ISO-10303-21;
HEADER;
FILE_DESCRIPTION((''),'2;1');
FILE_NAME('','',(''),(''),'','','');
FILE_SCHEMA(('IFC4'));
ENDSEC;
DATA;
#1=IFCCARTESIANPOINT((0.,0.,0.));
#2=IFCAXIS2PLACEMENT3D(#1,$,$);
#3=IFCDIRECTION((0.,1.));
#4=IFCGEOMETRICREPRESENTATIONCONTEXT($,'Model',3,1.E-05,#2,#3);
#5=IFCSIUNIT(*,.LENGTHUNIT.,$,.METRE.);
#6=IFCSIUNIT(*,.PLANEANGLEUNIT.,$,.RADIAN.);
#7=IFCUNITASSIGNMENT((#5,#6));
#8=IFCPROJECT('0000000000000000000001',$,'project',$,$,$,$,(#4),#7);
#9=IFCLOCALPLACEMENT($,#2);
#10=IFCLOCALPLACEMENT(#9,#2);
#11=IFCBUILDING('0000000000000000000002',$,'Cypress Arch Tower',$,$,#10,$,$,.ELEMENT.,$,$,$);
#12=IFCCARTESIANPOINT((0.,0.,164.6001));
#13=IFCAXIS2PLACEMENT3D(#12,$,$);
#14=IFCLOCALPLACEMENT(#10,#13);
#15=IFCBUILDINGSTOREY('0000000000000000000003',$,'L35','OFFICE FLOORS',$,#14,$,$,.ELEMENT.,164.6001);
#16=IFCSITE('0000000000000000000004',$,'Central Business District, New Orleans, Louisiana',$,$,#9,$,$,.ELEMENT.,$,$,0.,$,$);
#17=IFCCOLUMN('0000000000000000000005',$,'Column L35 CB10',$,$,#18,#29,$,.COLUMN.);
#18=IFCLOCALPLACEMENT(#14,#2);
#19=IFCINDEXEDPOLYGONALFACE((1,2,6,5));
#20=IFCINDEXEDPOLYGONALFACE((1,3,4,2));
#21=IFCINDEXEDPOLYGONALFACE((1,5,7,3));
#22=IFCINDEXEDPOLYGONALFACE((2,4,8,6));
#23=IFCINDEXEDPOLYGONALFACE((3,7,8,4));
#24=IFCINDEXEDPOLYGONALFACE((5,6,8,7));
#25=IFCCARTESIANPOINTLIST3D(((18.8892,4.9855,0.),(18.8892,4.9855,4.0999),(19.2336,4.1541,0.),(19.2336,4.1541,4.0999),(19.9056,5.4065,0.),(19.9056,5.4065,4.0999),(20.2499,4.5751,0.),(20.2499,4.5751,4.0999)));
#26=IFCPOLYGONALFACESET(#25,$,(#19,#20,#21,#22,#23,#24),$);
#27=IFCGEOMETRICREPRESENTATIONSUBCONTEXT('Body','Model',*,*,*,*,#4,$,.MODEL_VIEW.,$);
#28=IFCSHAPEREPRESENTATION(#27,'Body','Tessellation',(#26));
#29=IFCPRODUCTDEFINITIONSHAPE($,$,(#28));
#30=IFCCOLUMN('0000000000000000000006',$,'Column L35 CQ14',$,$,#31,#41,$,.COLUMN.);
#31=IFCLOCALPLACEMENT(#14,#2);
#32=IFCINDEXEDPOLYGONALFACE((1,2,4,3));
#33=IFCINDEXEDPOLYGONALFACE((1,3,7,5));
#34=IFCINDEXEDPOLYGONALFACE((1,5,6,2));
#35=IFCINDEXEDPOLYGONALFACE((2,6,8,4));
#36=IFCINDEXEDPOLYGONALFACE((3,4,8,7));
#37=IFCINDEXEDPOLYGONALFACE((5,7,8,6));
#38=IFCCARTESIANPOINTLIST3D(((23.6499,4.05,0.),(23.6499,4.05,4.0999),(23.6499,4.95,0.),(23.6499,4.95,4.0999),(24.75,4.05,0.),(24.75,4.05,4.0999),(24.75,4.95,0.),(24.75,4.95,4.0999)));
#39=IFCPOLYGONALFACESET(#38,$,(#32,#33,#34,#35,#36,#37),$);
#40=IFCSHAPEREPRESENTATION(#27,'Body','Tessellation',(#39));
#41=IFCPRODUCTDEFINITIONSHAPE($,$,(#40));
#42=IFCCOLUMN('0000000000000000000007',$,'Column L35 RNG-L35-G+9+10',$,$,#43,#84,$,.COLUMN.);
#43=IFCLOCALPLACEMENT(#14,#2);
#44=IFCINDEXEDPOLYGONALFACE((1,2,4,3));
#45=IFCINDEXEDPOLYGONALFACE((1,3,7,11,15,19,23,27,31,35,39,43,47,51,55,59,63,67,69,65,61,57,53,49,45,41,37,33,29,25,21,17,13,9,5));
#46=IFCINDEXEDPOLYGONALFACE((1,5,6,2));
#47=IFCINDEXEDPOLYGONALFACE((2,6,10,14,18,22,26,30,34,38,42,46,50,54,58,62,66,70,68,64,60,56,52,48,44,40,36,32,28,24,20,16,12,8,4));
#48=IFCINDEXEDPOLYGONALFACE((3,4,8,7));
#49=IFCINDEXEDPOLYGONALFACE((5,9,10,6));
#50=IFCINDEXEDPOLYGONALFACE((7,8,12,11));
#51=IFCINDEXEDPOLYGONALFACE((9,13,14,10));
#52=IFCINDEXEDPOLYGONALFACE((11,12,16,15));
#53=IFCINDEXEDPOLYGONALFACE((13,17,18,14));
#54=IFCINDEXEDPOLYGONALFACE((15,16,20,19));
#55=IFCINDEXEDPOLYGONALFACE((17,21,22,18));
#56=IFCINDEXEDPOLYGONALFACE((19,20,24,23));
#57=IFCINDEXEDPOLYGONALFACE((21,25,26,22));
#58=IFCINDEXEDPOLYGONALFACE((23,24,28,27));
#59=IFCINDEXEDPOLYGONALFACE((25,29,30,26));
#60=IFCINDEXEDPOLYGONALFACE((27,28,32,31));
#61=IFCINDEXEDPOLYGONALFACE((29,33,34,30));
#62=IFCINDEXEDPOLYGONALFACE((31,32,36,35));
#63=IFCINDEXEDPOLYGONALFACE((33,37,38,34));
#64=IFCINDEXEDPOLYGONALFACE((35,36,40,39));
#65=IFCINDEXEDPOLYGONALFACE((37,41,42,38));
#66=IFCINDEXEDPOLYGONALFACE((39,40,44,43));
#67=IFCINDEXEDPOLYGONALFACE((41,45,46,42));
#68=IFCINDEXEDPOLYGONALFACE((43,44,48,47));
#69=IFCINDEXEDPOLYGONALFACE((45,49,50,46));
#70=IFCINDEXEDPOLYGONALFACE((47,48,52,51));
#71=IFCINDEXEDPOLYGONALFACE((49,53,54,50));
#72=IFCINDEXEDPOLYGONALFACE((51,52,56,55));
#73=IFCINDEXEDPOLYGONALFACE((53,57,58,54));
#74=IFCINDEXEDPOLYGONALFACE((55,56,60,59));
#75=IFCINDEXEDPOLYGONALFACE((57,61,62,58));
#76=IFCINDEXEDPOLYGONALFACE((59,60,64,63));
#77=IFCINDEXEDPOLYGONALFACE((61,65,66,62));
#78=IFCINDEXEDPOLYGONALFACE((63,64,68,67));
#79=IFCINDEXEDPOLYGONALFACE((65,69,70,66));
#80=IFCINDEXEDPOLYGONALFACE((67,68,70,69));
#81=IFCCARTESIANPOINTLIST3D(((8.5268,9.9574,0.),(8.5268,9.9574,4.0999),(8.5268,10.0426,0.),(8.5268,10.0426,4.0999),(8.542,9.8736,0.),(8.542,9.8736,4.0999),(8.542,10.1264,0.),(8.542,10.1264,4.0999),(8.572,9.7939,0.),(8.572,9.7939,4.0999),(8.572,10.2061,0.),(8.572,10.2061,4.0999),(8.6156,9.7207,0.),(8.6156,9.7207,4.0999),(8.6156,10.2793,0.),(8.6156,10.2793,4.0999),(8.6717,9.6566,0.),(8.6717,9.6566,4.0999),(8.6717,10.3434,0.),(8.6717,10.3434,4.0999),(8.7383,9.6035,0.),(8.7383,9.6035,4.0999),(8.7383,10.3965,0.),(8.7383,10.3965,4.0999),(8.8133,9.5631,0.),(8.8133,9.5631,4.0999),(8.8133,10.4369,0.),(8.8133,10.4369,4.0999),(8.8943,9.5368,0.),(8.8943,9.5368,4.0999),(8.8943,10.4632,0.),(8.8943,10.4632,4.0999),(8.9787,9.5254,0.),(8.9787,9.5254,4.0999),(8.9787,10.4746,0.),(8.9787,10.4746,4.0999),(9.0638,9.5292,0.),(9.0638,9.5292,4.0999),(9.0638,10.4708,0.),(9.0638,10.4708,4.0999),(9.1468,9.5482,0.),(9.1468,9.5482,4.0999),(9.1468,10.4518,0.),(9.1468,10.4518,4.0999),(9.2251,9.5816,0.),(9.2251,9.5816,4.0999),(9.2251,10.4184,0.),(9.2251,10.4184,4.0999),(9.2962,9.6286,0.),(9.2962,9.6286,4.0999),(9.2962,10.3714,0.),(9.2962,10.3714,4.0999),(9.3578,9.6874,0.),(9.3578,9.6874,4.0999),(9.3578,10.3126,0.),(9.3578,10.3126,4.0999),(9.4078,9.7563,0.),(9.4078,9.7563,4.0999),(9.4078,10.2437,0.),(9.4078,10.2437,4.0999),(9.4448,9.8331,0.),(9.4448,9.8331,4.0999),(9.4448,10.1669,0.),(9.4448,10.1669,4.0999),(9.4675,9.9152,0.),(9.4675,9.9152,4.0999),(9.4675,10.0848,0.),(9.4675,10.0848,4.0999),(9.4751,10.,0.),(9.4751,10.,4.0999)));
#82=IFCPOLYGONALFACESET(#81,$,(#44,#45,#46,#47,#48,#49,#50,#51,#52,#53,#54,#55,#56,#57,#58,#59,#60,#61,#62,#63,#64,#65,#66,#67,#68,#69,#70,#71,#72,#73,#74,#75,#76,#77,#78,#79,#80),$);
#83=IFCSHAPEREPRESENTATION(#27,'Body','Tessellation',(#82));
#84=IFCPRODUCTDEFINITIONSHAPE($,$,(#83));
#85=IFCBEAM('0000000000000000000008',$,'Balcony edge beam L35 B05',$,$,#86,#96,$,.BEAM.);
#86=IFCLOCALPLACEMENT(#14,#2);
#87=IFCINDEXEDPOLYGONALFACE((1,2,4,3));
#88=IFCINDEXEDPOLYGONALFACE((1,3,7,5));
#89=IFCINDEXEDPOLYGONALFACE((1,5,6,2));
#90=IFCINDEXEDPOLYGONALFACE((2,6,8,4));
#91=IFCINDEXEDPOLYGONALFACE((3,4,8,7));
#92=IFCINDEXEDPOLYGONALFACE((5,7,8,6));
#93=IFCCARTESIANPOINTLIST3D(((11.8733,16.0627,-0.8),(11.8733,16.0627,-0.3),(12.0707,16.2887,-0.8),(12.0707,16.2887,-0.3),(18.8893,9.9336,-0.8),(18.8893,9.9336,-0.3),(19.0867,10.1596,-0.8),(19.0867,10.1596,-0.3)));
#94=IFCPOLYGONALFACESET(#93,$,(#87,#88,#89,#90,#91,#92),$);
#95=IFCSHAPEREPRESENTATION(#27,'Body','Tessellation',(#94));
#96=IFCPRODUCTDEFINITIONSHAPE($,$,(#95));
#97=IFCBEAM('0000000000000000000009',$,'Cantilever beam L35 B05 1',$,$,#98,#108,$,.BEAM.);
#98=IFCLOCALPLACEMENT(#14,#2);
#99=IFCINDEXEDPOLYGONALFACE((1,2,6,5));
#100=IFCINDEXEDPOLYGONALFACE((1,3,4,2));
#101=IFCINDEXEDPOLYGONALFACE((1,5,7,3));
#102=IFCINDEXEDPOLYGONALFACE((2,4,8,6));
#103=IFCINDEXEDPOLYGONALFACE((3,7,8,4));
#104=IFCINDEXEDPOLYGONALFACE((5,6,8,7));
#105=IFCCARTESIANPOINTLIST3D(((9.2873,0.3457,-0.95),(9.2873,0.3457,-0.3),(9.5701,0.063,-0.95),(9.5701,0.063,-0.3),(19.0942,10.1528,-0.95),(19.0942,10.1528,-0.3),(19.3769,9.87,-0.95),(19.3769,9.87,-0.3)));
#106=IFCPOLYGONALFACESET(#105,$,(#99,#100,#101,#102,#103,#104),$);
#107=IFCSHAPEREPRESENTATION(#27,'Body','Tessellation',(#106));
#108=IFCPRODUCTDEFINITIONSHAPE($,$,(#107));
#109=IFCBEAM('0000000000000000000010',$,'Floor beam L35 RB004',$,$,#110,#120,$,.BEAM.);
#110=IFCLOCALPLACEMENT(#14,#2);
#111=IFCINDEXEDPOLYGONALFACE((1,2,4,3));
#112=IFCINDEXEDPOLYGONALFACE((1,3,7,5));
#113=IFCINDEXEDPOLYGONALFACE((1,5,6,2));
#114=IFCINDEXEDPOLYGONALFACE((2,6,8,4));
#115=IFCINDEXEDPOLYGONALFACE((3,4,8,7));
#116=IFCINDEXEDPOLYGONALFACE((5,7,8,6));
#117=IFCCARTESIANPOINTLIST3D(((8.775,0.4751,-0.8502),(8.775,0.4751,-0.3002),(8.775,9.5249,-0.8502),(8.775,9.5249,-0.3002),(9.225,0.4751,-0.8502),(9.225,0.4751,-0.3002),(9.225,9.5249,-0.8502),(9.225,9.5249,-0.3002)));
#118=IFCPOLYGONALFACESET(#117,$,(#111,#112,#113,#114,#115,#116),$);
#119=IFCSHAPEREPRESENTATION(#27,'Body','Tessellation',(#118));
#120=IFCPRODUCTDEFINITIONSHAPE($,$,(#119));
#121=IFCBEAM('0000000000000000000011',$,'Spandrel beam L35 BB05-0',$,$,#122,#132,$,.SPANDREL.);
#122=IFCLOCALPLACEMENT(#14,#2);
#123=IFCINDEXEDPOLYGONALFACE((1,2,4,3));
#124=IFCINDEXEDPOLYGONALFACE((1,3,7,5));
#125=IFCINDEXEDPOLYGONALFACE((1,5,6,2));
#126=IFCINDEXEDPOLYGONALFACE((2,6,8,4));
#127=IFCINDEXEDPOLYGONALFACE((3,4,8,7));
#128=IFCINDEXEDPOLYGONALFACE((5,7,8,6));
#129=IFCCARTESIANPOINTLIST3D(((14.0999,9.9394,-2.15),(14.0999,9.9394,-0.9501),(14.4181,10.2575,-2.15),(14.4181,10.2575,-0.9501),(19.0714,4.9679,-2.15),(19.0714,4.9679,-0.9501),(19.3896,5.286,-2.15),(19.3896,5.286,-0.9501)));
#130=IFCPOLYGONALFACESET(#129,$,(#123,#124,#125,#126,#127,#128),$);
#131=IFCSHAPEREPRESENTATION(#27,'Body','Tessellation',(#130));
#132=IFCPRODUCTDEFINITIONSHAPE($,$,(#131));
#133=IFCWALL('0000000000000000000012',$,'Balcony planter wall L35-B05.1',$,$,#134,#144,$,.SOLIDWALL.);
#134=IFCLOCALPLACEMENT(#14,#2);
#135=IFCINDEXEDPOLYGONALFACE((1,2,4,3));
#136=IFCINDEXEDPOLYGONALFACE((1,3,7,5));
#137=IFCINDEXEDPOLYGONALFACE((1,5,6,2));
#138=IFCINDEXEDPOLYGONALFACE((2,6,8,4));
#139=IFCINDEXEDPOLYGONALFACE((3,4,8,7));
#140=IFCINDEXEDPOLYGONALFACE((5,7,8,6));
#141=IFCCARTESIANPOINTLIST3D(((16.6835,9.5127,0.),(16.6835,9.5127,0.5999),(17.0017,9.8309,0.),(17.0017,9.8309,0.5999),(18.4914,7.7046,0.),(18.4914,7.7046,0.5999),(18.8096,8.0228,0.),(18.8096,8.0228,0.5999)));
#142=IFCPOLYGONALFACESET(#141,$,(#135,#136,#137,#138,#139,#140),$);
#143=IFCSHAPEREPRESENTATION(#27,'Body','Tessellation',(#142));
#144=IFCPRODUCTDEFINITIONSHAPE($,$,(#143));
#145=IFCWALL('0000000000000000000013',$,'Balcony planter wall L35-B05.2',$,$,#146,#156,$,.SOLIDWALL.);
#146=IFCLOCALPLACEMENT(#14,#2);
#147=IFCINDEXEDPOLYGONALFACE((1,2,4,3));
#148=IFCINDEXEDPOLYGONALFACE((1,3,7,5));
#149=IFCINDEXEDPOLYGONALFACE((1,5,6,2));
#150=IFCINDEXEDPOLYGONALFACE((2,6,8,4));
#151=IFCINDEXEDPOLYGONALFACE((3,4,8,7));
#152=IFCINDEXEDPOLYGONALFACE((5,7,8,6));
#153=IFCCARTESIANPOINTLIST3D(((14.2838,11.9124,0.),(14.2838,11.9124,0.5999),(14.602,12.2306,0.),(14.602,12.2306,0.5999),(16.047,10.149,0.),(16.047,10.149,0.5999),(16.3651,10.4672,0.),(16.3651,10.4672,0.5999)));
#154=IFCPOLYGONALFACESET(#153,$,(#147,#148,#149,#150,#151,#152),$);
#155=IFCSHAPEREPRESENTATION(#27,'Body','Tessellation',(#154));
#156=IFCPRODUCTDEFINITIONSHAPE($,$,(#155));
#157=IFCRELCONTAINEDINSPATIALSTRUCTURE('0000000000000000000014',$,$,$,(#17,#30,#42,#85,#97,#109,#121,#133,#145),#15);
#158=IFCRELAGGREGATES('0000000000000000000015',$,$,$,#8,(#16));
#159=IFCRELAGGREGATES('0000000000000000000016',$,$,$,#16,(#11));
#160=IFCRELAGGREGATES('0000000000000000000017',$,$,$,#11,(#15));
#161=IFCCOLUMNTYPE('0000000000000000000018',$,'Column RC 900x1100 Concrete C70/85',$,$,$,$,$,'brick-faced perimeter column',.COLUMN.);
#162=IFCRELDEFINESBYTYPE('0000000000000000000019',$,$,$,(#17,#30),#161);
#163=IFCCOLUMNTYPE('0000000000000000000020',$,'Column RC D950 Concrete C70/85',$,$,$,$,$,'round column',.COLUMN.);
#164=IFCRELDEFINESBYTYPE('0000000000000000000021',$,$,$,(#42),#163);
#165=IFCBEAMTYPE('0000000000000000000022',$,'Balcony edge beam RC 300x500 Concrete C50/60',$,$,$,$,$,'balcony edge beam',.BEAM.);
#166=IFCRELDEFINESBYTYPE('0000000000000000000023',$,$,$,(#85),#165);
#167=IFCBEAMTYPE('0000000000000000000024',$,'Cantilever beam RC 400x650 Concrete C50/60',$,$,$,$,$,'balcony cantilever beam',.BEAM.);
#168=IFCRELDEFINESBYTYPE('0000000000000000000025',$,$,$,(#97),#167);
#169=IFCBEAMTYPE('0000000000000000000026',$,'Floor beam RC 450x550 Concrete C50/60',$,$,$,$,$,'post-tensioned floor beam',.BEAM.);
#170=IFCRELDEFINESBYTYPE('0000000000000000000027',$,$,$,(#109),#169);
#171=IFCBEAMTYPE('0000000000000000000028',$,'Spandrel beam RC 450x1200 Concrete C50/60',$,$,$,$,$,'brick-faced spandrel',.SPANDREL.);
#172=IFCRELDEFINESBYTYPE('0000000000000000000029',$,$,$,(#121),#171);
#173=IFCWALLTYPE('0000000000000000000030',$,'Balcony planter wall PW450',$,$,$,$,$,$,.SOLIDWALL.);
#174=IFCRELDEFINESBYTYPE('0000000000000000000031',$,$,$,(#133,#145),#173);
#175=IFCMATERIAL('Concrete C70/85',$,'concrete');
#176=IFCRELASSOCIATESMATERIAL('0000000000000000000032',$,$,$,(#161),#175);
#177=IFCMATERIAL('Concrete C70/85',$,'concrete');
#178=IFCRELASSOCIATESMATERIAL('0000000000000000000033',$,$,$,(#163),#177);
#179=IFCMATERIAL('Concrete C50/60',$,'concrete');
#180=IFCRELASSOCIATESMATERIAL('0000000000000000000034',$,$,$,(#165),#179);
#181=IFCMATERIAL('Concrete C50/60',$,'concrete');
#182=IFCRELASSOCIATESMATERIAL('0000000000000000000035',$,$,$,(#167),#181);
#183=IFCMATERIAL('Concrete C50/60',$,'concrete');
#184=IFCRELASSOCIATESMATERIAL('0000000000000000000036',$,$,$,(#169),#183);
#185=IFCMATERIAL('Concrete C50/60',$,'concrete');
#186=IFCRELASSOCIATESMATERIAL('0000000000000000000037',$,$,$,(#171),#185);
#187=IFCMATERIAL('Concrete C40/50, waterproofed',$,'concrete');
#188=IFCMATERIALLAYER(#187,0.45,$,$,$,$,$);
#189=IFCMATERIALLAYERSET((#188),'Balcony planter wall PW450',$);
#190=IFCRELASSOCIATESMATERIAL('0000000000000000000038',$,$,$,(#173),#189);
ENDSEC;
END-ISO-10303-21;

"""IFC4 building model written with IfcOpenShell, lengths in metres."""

from ifc_helpers import new_model, si_unit, direction, frame, frame_2d, origin, origin_2d, place, context, subcontext, project, spatial, rectangle, circle, extrude, material, layer, layer_set, material_profile, profile_set, type_object, element, save


model = new_model("IFC4")

# Units and contexts
model_context = context("Model", 3, precision=1e-05, world=origin(), true_north=direction((0.0, 1.0)))
body_context = subcontext(model_context, "Body", "Model", "MODEL_VIEW")
ifc_project = project(units=[si_unit("LENGTHUNIT", "METRE"), si_unit("PLANEANGLEUNIT", "RADIAN")], contexts=[model_context])

# Site, building, storey
site_placement = place(None, origin())
site = spatial("IfcSite", under=ifc_project, at=site_placement, Name="Central Business District, New Orleans, Louisiana", CompositionType="ELEMENT", RefElevation=0.0)
building_placement = place(site_placement, origin())
building = spatial("IfcBuilding", under=site, at=building_placement, Name="Cypress Arch Tower", CompositionType="ELEMENT")
storey_placement = place(building_placement, frame((0.0, 0.0, 164.6001)))
storey = spatial("IfcBuildingStorey", under=building, at=storey_placement, Name="L35", Description="OFFICE FLOORS", CompositionType="ELEMENT", Elevation=164.6001)

# Columns
ifc_material_1 = material(Name="Concrete C70/85", Category="concrete")
ifc_material_profile_1 = material_profile(ifc_material_1, rectangle(XDim=0.8999, YDim=1.1001, at=origin_2d()), Name="RC 900x1100")
ifc_profile_set_1 = profile_set([ifc_material_profile_1], Name="Concrete C70/85")
column_type_1 = type_object("IfcColumnType", Name="Column RC 900x1100 Concrete C70/85", ElementType="brick-faced perimeter column", PredefinedType="COLUMN", material=ifc_profile_set_1)
for number, where, z_axis, x_axis, name in (
    (1, (19.5696, 4.7803, 0.0), (0.0, 0.0, 1.0), (-0.382683, 0.92388, 0.0), "Column L35 CB10"),
    (2, (24.2, 4.5, 0.0), (0.0, 0.0, 1.0), (0.0, 1.0, 0.0), "Column L35 CQ14"),
):
    element("IfcColumn", number, at=place(storey_placement, frame(where, z_axis=z_axis, x_axis=x_axis)), inside=storey, type_object=column_type_1, Name=name, PredefinedType="COLUMN", context=body_context, shape_type="SweptSolid", body=[
        extrude(rectangle(XDim=0.8999, YDim=1.1001, at=origin_2d()), origin(), (0.0, 0.0, 1.0), 4.0999),
    ])
ifc_material_2 = material(Name="Concrete C70/85", Category="concrete")
ifc_material_profile_2 = material_profile(ifc_material_2, circle(Radius=0.4751, at=origin_2d()), Name="RC D950")
ifc_profile_set_2 = profile_set([ifc_material_profile_2], Name="Concrete C70/85")
column_type_2 = type_object("IfcColumnType", Name="Column RC D950 Concrete C70/85", ElementType="round column", PredefinedType="COLUMN", material=ifc_profile_set_2)
column_placement = place(storey_placement, frame((9.0, 10.0, 0.0), z_axis=(0.0, 0.0, 1.0), x_axis=(1.0, 0.0, 0.0)))
element("IfcColumn", 3, at=column_placement, inside=storey, type_object=column_type_2, Name="Column L35 RNG-L35-G+9+10", PredefinedType="COLUMN", context=body_context, shape_type="SweptSolid", body=[
    extrude(circle(Radius=0.4751, at=origin_2d()), origin(), (0.0, 0.0, 1.0), 4.0999),
])

# Beams
ifc_material_3 = material(Name="Concrete C50/60", Category="concrete")
ifc_material_profile_3 = material_profile(ifc_material_3, rectangle(XDim=0.3, YDim=0.5, at=origin_2d()), Name="RC 300x500")
ifc_profile_set_3 = profile_set([ifc_material_profile_3], Name="Concrete C50/60")
beam_type_1 = type_object("IfcBeamType", Name="Balcony edge beam RC 300x500 Concrete C50/60", ElementType="balcony edge beam", PredefinedType="BEAM", material=ifc_profile_set_3)
beam_1_placement = place(storey_placement, frame((18.988, 10.0466, -0.55), z_axis=(-0.753106, 0.6579, 0.0), x_axis=(-0.6579, -0.753106, 0.0)))
element("IfcBeam", 4, at=beam_1_placement, inside=storey, type_object=beam_type_1, Name="Balcony edge beam L35 B05", PredefinedType="BEAM", context=body_context, shape_type="SweptSolid", body=[
    extrude(rectangle(XDim=0.3, YDim=0.5, at=origin_2d()), origin(), (0.0, 0.0, 1.0), 9.3162),
])
ifc_material_4 = material(Name="Concrete C50/60", Category="concrete")
ifc_material_profile_4 = material_profile(ifc_material_4, rectangle(XDim=0.3999, YDim=0.6499, at=origin_2d()), Name="RC 400x650")
ifc_profile_set_4 = profile_set([ifc_material_profile_4], Name="Concrete C50/60")
beam_type_2 = type_object("IfcBeamType", Name="Cantilever beam RC 400x650 Concrete C50/60", ElementType="balcony cantilever beam", PredefinedType="BEAM", material=ifc_profile_set_4)
beam_2_placement = place(storey_placement, frame((9.4287, 0.2043, -0.625), z_axis=(0.707098, 0.707116, 0.0), x_axis=(-0.707116, 0.707098, 0.0)))
element("IfcBeam", 5, at=beam_2_placement, inside=storey, type_object=beam_type_2, Name="Cantilever beam L35 B05 1", PredefinedType="BEAM", context=body_context, shape_type="SweptSolid", body=[
    extrude(rectangle(XDim=0.3999, YDim=0.6499, at=origin_2d()), origin(), (0.0, 0.0, 1.0), 13.8691),
])
ifc_material_5 = material(Name="Concrete C50/60", Category="concrete")
ifc_material_profile_5 = material_profile(ifc_material_5, rectangle(XDim=0.45, YDim=0.55, at=origin_2d()), Name="RC 450x550")
ifc_profile_set_5 = profile_set([ifc_material_profile_5], Name="Concrete C50/60")
beam_type_3 = type_object("IfcBeamType", Name="Floor beam RC 450x550 Concrete C50/60", ElementType="post-tensioned floor beam", PredefinedType="BEAM", material=ifc_profile_set_5)
beam_3_placement = place(storey_placement, frame((9.0, 0.4751, -0.5752), z_axis=(0.0, 1.0, 0.0), x_axis=(-1.0, 0.0, 0.0)))
element("IfcBeam", 6, at=beam_3_placement, inside=storey, type_object=beam_type_3, Name="Floor beam L35 RB004", PredefinedType="BEAM", context=body_context, shape_type="SweptSolid", body=[
    extrude(rectangle(XDim=0.45, YDim=0.55, at=origin_2d()), origin(), (0.0, 0.0, 1.0), 9.0498),
])
ifc_material_6 = material(Name="Concrete C50/60", Category="concrete")
ifc_material_profile_6 = material_profile(ifc_material_6, rectangle(XDim=0.45, YDim=1.2, at=origin_2d()), Name="RC 450x1200")
ifc_profile_set_6 = profile_set([ifc_material_profile_6], Name="Concrete C50/60")
beam_type_4 = type_object("IfcBeamType", Name="Spandrel beam RC 450x1200 Concrete C50/60", ElementType="brick-faced spandrel", PredefinedType="SPANDREL", material=ifc_profile_set_6)
beam_4_placement = place(storey_placement, frame((19.2305, 5.127, -1.55), z_axis=(-0.707107, 0.707107, 0.0), x_axis=(-0.707107, -0.707107, 0.0)))
element("IfcBeam", 7, at=beam_4_placement, inside=storey, type_object=beam_type_4, Name="Spandrel beam L35 BB05-0", PredefinedType="SPANDREL", context=body_context, shape_type="SweptSolid", body=[
    extrude(rectangle(XDim=0.45, YDim=1.2, at=origin_2d()), origin(), (0.0, 0.0, 1.0), 7.0308),
])

# Walls
ifc_material_7 = material(Name="Concrete C40/50, waterproofed", Category="concrete")
ifc_layer_1 = layer(ifc_material_7, 0.45)
ifc_layer_set_1 = layer_set([ifc_layer_1], Name="Balcony planter wall PW450")
wall_type_1 = type_object("IfcWallType", Name="Balcony planter wall PW450", PredefinedType="SOLIDWALL", material=ifc_layer_set_1)
wall_1_placement = place(storey_placement, frame((18.6504, 7.8638, 0.0), z_axis=(0.0, 0.0, 1.0), x_axis=(-0.707059, 0.707155, 0.0)))
element("IfcWall", 8, at=wall_1_placement, inside=storey, type_object=wall_type_1, Name="Balcony planter wall L35-B05.1", PredefinedType="SOLIDWALL", context=body_context, shape_type="SweptSolid", body=[
    extrude(rectangle(XDim=2.5569, YDim=0.45, at=frame_2d((1.2783, 0.0))), origin(), (0.0, 0.0, 1.0), 0.5999),
])
wall_2_placement = place(storey_placement, frame((16.2061, 10.3081, 0.0), z_axis=(0.0, 0.0, 1.0), x_axis=(-0.707058, 0.707156, 0.0)))
element("IfcWall", 9, at=wall_2_placement, inside=storey, type_object=wall_type_1, Name="Balcony planter wall L35-B05.2", PredefinedType="SOLIDWALL", context=body_context, shape_type="SweptSolid", body=[
    extrude(rectangle(XDim=2.4937, YDim=0.45, at=frame_2d((1.2468, 0.0))), origin(), (0.0, 0.0, 1.0), 0.5999),
])

save(model, "model.ifc")
